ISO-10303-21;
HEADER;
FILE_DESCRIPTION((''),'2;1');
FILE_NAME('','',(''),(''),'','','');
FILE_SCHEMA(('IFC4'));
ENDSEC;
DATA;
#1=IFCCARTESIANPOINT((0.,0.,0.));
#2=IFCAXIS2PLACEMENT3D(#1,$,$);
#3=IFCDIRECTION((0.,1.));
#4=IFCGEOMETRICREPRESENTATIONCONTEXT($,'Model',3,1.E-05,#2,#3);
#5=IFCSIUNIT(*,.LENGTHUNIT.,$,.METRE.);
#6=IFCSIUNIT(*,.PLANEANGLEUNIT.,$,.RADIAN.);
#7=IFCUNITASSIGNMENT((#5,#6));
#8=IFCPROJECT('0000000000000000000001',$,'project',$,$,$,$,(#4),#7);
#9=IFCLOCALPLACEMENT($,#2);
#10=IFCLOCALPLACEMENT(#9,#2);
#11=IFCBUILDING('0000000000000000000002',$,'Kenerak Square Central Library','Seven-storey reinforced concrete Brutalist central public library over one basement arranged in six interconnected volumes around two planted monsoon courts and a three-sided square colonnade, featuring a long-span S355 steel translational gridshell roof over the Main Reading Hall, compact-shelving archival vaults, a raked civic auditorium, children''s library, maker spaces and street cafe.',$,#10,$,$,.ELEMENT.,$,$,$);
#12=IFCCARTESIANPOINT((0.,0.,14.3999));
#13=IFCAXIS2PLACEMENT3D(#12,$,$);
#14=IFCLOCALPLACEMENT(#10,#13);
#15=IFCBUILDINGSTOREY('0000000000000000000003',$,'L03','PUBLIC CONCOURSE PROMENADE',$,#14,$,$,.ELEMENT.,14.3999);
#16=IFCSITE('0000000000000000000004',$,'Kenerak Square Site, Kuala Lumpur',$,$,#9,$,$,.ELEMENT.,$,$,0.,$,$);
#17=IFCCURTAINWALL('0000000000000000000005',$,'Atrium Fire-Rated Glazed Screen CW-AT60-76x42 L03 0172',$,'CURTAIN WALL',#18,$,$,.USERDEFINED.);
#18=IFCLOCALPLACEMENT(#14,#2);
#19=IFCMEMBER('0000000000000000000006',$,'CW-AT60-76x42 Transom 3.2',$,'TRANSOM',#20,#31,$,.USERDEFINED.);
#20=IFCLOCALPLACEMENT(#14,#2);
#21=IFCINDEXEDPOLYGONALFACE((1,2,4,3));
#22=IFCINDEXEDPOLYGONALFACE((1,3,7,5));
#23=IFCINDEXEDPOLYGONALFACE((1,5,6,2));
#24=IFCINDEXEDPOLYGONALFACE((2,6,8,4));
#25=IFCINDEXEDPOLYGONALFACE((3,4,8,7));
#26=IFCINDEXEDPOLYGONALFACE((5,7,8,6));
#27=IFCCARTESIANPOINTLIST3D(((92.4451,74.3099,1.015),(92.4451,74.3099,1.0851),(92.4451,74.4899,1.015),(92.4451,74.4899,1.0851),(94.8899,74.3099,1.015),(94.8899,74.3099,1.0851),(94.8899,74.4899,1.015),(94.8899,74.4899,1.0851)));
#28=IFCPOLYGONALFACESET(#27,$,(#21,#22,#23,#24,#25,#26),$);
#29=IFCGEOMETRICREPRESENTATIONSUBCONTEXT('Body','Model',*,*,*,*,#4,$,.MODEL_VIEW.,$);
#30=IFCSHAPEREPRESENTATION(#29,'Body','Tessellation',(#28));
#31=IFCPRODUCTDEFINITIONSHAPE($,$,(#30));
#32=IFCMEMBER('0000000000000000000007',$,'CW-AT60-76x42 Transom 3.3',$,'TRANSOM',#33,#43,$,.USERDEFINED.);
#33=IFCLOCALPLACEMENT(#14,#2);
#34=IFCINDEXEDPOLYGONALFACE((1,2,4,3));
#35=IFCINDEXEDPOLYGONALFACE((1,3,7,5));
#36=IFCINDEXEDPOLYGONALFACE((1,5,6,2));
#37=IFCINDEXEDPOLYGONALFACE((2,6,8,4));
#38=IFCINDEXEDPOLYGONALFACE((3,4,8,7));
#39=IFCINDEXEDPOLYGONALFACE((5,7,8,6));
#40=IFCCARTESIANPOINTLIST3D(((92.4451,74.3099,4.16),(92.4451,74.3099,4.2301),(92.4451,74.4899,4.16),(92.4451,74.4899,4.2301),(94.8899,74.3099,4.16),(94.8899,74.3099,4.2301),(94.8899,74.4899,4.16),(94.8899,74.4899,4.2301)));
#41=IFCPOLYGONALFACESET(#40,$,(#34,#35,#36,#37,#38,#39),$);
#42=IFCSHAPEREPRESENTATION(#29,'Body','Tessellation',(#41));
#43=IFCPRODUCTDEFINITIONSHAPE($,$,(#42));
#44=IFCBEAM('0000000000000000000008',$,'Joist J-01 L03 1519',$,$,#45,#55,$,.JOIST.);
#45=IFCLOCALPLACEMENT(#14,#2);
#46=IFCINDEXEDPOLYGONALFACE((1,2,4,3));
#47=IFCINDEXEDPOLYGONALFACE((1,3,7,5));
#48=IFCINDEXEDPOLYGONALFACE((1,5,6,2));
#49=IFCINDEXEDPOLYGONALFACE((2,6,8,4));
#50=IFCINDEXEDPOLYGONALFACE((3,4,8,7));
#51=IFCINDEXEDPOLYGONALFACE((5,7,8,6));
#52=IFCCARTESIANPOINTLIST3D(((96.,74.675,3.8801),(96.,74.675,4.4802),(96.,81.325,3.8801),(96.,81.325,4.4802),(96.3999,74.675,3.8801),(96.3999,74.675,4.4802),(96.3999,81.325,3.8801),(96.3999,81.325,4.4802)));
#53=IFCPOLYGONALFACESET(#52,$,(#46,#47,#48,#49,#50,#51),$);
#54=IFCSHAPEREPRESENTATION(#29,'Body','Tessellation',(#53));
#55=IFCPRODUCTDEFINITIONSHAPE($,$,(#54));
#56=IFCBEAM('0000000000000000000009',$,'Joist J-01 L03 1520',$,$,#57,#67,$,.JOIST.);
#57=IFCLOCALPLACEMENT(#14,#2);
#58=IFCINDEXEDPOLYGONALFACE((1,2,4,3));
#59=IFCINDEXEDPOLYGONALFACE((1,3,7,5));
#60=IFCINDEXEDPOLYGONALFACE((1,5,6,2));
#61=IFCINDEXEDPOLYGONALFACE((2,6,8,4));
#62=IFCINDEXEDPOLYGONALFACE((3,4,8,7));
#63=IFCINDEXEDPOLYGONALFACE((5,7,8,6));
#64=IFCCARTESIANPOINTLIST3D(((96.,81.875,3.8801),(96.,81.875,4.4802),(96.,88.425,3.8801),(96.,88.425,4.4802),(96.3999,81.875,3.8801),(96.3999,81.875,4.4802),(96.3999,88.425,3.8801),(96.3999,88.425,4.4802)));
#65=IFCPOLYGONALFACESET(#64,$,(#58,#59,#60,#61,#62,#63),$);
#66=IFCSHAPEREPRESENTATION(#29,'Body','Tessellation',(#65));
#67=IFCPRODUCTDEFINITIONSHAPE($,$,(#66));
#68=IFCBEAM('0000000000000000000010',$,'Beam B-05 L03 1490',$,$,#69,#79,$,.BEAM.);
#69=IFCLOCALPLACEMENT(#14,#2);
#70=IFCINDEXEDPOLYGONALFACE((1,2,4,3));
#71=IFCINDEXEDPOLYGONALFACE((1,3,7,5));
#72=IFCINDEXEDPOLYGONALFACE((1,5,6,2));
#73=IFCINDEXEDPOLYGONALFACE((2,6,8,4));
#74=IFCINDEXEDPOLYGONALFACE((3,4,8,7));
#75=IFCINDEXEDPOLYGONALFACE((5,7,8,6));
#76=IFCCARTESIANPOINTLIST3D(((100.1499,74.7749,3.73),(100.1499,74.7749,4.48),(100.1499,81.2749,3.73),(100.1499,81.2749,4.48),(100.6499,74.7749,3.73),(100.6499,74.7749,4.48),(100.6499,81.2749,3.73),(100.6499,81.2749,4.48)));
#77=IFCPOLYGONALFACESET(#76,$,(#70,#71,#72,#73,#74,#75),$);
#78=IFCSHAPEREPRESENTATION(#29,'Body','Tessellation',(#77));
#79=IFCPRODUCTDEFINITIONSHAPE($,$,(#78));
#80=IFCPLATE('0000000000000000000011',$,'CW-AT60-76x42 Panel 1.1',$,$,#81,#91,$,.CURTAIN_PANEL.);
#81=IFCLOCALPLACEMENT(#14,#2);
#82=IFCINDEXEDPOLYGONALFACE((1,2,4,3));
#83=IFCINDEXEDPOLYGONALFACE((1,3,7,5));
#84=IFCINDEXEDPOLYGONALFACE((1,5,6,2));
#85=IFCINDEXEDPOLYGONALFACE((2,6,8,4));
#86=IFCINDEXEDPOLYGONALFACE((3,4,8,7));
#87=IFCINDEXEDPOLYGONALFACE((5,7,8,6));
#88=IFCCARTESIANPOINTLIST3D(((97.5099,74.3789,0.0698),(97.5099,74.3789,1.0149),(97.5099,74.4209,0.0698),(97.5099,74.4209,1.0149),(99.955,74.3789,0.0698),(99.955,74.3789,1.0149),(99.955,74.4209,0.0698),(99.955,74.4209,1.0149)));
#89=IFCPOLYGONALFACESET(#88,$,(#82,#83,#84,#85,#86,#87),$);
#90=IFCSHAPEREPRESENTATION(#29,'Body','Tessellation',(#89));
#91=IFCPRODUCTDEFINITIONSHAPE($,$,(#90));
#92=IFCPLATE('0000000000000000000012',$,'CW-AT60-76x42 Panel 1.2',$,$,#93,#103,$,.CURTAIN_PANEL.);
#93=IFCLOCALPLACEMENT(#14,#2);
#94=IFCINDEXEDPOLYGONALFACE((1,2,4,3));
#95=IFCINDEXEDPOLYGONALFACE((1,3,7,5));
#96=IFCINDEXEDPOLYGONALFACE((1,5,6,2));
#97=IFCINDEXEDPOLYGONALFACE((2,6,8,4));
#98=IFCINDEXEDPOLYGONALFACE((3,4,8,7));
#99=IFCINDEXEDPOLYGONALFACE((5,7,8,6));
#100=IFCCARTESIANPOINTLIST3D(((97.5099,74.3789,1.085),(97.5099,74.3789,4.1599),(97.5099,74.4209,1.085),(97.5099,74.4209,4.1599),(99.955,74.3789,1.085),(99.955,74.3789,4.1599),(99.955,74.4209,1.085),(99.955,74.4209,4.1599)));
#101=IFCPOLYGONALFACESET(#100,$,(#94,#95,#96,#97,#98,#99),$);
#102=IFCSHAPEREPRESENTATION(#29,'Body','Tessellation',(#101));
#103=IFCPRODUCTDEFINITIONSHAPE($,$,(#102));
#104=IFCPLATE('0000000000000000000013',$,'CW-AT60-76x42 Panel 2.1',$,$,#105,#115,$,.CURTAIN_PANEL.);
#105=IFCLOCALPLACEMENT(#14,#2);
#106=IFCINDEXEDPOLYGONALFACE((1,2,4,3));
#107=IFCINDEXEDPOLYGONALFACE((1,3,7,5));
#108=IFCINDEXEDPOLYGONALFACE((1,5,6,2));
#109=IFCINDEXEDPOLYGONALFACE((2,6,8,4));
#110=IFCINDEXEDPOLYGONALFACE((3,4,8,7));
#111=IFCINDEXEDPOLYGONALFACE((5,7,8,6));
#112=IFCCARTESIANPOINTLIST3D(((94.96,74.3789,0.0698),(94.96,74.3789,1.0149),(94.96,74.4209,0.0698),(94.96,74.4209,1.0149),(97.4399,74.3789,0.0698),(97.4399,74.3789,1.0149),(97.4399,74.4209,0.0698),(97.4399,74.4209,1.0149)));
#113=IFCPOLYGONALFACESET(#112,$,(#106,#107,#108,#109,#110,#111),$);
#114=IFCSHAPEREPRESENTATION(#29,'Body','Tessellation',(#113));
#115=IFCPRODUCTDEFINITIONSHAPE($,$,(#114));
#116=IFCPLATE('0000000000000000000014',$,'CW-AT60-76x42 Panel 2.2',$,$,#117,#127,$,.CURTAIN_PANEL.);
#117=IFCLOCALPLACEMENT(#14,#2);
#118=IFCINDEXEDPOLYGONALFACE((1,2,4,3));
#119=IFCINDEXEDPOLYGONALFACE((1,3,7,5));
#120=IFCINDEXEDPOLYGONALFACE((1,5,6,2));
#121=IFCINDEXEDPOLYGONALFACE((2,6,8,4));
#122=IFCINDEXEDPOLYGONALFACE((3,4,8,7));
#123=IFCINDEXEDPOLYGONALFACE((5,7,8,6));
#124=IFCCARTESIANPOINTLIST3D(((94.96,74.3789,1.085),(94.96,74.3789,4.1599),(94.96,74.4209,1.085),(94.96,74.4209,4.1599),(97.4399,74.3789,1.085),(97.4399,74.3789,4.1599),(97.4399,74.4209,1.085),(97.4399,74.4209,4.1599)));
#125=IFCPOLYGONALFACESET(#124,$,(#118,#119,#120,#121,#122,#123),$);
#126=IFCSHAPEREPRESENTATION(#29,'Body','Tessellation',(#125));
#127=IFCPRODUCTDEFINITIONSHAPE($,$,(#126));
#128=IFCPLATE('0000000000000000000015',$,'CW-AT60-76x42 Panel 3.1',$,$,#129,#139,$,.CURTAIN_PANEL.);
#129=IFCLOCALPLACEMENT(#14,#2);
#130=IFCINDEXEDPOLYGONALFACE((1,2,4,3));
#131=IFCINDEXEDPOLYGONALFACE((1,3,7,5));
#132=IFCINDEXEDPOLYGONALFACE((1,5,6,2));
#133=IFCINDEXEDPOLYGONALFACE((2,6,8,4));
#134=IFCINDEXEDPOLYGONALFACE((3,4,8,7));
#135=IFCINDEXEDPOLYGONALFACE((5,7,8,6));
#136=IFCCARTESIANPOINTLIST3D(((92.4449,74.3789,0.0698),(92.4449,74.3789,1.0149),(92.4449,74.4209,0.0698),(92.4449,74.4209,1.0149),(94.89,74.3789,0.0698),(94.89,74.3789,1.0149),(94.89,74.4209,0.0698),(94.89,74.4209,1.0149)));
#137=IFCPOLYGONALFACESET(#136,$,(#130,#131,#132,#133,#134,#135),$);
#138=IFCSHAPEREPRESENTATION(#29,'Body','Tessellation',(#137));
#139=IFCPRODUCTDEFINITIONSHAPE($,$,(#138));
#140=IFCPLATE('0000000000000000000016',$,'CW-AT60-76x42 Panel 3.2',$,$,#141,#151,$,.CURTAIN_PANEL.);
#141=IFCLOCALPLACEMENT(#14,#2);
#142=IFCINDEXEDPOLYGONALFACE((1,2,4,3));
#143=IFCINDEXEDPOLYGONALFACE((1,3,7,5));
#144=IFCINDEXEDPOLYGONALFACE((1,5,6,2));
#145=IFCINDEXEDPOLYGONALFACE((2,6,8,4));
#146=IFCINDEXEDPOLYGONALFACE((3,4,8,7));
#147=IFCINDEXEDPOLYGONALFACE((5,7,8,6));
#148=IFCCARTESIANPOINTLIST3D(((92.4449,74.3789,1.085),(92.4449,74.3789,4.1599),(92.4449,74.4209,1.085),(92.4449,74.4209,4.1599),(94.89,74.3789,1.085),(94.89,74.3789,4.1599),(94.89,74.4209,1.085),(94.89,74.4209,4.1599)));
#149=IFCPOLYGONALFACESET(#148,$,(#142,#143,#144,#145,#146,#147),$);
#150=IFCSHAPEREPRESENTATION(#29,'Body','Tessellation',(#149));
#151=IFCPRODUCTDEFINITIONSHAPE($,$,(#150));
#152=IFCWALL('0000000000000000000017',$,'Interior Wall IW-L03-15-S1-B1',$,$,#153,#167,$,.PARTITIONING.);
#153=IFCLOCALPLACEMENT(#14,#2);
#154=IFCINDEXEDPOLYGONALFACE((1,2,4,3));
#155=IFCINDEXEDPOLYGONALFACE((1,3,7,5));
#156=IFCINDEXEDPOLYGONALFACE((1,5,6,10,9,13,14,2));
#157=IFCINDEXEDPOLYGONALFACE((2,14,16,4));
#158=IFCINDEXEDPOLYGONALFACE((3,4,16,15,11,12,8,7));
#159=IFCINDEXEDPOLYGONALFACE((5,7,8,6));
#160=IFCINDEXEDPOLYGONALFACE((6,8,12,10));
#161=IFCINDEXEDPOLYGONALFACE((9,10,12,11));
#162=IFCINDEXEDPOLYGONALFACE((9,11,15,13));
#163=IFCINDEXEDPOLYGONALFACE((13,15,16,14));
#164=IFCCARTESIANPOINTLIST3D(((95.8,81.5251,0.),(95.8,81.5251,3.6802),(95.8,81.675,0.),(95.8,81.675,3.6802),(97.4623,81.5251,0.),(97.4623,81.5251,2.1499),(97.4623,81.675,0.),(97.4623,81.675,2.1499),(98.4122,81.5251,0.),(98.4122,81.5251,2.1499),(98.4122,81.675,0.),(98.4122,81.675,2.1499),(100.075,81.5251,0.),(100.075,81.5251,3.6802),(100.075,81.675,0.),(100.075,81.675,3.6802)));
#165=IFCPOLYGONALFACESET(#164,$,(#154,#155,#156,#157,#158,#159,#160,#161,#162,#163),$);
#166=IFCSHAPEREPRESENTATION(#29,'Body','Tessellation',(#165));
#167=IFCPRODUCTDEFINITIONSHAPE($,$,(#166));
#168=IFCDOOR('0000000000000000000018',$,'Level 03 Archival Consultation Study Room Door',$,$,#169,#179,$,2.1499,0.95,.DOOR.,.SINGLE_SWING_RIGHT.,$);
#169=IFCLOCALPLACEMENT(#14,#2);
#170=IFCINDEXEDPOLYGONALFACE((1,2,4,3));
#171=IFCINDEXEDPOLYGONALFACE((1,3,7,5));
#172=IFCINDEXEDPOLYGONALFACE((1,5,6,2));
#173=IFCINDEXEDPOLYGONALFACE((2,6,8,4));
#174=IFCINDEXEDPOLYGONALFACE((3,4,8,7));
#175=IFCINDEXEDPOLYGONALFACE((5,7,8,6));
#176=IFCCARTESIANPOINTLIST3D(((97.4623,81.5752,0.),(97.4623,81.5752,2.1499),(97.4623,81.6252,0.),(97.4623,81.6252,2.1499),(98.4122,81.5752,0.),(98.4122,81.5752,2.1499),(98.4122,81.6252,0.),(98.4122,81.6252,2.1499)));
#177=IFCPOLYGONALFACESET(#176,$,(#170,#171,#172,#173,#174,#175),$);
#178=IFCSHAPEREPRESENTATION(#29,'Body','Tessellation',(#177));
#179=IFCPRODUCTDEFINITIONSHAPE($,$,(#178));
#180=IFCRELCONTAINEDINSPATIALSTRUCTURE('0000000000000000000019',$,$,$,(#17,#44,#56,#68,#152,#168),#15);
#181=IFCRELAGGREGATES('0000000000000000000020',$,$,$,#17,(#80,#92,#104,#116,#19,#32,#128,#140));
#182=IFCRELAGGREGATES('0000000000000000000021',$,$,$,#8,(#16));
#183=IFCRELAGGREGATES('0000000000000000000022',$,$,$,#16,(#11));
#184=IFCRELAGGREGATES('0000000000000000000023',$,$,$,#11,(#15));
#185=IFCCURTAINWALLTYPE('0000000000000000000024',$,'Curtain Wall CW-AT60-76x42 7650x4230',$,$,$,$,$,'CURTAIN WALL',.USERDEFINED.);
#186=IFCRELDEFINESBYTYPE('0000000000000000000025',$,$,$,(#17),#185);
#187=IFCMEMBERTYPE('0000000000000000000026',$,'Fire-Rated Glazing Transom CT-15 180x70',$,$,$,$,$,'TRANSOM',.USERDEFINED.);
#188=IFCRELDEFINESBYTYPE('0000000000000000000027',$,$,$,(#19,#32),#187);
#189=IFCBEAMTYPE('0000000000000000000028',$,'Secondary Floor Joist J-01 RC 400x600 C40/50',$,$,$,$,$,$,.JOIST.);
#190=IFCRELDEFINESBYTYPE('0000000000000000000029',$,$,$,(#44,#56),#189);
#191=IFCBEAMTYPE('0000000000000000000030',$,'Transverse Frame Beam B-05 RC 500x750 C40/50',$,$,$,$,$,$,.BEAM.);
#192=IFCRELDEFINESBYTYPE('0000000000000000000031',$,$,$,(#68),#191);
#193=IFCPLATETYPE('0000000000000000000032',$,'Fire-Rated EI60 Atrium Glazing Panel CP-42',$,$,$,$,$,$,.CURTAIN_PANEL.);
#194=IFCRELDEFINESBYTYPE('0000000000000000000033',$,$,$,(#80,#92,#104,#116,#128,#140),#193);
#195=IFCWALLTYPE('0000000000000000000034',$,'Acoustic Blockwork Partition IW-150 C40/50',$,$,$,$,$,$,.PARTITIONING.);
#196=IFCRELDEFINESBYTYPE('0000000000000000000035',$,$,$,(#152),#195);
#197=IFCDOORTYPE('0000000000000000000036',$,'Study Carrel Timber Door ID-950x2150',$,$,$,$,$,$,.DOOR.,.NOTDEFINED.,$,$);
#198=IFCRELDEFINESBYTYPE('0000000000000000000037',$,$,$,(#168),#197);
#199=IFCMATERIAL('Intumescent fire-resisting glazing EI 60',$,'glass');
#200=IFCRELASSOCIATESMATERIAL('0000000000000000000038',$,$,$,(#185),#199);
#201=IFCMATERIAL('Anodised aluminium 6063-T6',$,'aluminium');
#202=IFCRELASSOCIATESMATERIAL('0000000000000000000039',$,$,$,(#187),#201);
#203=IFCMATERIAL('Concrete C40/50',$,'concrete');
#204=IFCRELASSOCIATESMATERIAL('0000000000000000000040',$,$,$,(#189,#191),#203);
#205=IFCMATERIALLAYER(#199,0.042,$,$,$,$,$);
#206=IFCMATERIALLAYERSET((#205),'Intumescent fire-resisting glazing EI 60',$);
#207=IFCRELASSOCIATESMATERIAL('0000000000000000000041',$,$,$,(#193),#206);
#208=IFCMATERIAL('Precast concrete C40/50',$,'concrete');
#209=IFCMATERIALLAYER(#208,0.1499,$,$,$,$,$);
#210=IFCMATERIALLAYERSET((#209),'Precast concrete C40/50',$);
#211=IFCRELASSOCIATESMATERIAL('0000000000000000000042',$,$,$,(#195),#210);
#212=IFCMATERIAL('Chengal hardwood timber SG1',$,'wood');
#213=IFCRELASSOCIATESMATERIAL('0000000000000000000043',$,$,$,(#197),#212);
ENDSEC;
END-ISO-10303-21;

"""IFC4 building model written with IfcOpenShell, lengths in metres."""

from ifc_helpers import new_model, si_unit, direction, frame, frame_2d, origin, origin_2d, place, context, subcontext, project, spatial, rectangle, extrude, material, layer, layer_set, material_profile, profile_set, type_object, element, fill, aggregate, save


model = new_model("IFC4")

# Units and contexts
model_context = context("Model", 3, precision=1e-05, world=origin(), true_north=direction((0.0, 1.0)))
body_context = subcontext(model_context, "Body", "Model", "MODEL_VIEW")
ifc_project = project(units=[si_unit("LENGTHUNIT", "METRE"), si_unit("PLANEANGLEUNIT", "RADIAN")], contexts=[model_context])

# Site, building, storey
site_placement = place(None, origin())
site = spatial("IfcSite", under=ifc_project, at=site_placement, Name="Kenerak Square Site, Kuala Lumpur", CompositionType="ELEMENT", RefElevation=0.0)
building_placement = place(site_placement, origin())
building = spatial("IfcBuilding", under=site, at=building_placement, Name="Kenerak Square Central Library", Description="Seven-storey reinforced concrete Brutalist central public library over one basement arranged in six interconnected volumes around two planted monsoon courts and a three-sided square colonnade, featuring a long-span S355 steel translational gridshell roof over the Main Reading Hall, compact-shelving archival vaults, a raked civic auditorium, children's library, maker spaces and street cafe.", CompositionType="ELEMENT")
storey_placement = place(building_placement, frame((0.0, 0.0, 14.3999)))
storey = spatial("IfcBuildingStorey", under=building, at=storey_placement, Name="L03", Description="PUBLIC CONCOURSE PROMENADE", CompositionType="ELEMENT", Elevation=14.3999)

# Shared definitions
ifc_material_1 = material(Name="Concrete C40/50", Category="concrete")

# Curtain wall, members
ifc_material_2 = material(Name="Intumescent fire-resisting glazing EI 60", Category="glass")
curtain_wall_type = type_object("IfcCurtainWallType", Name="Curtain Wall CW-AT60-76x42 7650x4230", ElementType="CURTAIN WALL", PredefinedType="USERDEFINED", material=ifc_material_2)
curtain_wall_placement = place(storey_placement, origin())
curtain_wall = element("IfcCurtainWall", 1, at=curtain_wall_placement, inside=storey, type_object=curtain_wall_type, Name="Atrium Fire-Rated Glazed Screen CW-AT60-76x42 L03 0172", ObjectType="CURTAIN WALL", PredefinedType="USERDEFINED")
ifc_material_3 = material(Name="Anodised aluminium 6063-T6", Category="aluminium")
ifc_material_profile_1 = material_profile(ifc_material_3, rectangle(XDim=0.1799, YDim=0.0701, at=origin_2d()), Name="AL TRANSOM 180x70")
ifc_profile_set_1 = profile_set([ifc_material_profile_1], Name="Anodised aluminium 6063-T6")
member_type_1 = type_object("IfcMemberType", Name="Fire-Rated Glazing Transom CT-15 180x70", ElementType="TRANSOM", PredefinedType="USERDEFINED", material=ifc_profile_set_1)
member_1_placement = place(storey_placement, frame((94.8899, 74.3999, 1.05), z_axis=(-1.0, 0.0, 0.0), x_axis=(0.0, -1.0, 0.0)))
member_1 = element("IfcMember", 2, at=member_1_placement, type_object=member_type_1, Name="CW-AT60-76x42 Transom 3.2", ObjectType="TRANSOM", PredefinedType="USERDEFINED", context=body_context, shape_type="SweptSolid", body=[
    extrude(rectangle(XDim=0.1799, YDim=0.0701, at=origin_2d()), origin(), (0.0, 0.0, 1.0), 2.4448),
])
member_2_placement = place(storey_placement, frame((94.8899, 74.3999, 4.1951), z_axis=(-1.0, 0.0, 0.0), x_axis=(0.0, -1.0, 0.0)))
member_2 = element("IfcMember", 3, at=member_2_placement, type_object=member_type_1, Name="CW-AT60-76x42 Transom 3.3", ObjectType="TRANSOM", PredefinedType="USERDEFINED", context=body_context, shape_type="SweptSolid", body=[
    extrude(rectangle(XDim=0.1799, YDim=0.0701, at=origin_2d()), origin(), (0.0, 0.0, 1.0), 2.4448),
])

# Beams
ifc_material_profile_2 = material_profile(ifc_material_1, rectangle(XDim=0.3999, YDim=0.6001, at=origin_2d()), Name="RC 400x600")
ifc_profile_set_2 = profile_set([ifc_material_profile_2], Name="Concrete C40/50")
beam_type_1 = type_object("IfcBeamType", Name="Secondary Floor Joist J-01 RC 400x600 C40/50", PredefinedType="JOIST", material=ifc_profile_set_2)
beam_1_placement = place(storey_placement, frame((96.2, 74.675, 4.1802), z_axis=(0.0, 1.0, 0.0), x_axis=(-1.0, 0.0, 0.0)))
element("IfcBeam", 4, at=beam_1_placement, inside=storey, type_object=beam_type_1, Name="Joist J-01 L03 1519", PredefinedType="JOIST", context=body_context, shape_type="SweptSolid", body=[
    extrude(rectangle(XDim=0.3999, YDim=0.6001, at=origin_2d()), origin(), (0.0, 0.0, 1.0), 6.6499),
])
beam_2_placement = place(storey_placement, frame((96.2, 81.875, 4.1802), z_axis=(0.0, 1.0, 0.0), x_axis=(-1.0, 0.0, 0.0)))
element("IfcBeam", 5, at=beam_2_placement, inside=storey, type_object=beam_type_1, Name="Joist J-01 L03 1520", PredefinedType="JOIST", context=body_context, shape_type="SweptSolid", body=[
    extrude(rectangle(XDim=0.3999, YDim=0.6001, at=origin_2d()), origin(), (0.0, 0.0, 1.0), 6.55),
])
ifc_material_profile_3 = material_profile(ifc_material_1, rectangle(XDim=0.5, YDim=0.75, at=origin_2d()), Name="RC 500x750")
ifc_profile_set_3 = profile_set([ifc_material_profile_3], Name="Concrete C40/50")
beam_type_2 = type_object("IfcBeamType", Name="Transverse Frame Beam B-05 RC 500x750 C40/50", PredefinedType="BEAM", material=ifc_profile_set_3)
beam_3_placement = place(storey_placement, frame((100.3999, 74.7749, 4.105), z_axis=(0.0, 1.0, 0.0), x_axis=(-1.0, 0.0, 0.0)))
element("IfcBeam", 6, at=beam_3_placement, inside=storey, type_object=beam_type_2, Name="Beam B-05 L03 1490", PredefinedType="BEAM", context=body_context, shape_type="SweptSolid", body=[
    extrude(rectangle(XDim=0.5, YDim=0.75, at=origin_2d()), origin(), (0.0, 0.0, 1.0), 6.5),
])

# Plates
ifc_layer_1 = layer(ifc_material_2, 0.042)
ifc_layer_set_1 = layer_set([ifc_layer_1], Name="Intumescent fire-resisting glazing EI 60")
plate_type = type_object("IfcPlateType", Name="Fire-Rated EI60 Atrium Glazing Panel CP-42", PredefinedType="CURTAIN_PANEL", material=ifc_layer_set_1)
plate_1_placement = place(storey_placement, frame((98.7324, 74.3999, 0.0698), z_axis=(0.0, 0.0, 1.0), x_axis=(-1.0, 0.0, 0.0)))
plate_1 = element("IfcPlate", 7, at=plate_1_placement, type_object=plate_type, Name="CW-AT60-76x42 Panel 1.1", PredefinedType="CURTAIN_PANEL", context=body_context, shape_type="SweptSolid", body=[
    extrude(rectangle(XDim=2.4451, YDim=0.042, at=origin_2d()), origin(), (0.0, 0.0, 1.0), 0.9451),
])
plate_2_placement = place(storey_placement, frame((98.7324, 74.3999, 1.085), z_axis=(0.0, 0.0, 1.0), x_axis=(-1.0, 0.0, 0.0)))
plate_2 = element("IfcPlate", 8, at=plate_2_placement, type_object=plate_type, Name="CW-AT60-76x42 Panel 1.2", PredefinedType="CURTAIN_PANEL", context=body_context, shape_type="SweptSolid", body=[
    extrude(rectangle(XDim=2.4451, YDim=0.042, at=origin_2d()), origin(), (0.0, 0.0, 1.0), 3.075),
])
plate_3_placement = place(storey_placement, frame((96.2, 74.3999, 0.0698), z_axis=(0.0, 0.0, 1.0), x_axis=(-1.0, 0.0, 0.0)))
plate_3 = element("IfcPlate", 9, at=plate_3_placement, type_object=plate_type, Name="CW-AT60-76x42 Panel 2.1", PredefinedType="CURTAIN_PANEL", context=body_context, shape_type="SweptSolid", body=[
    extrude(rectangle(XDim=2.48, YDim=0.042, at=origin_2d()), origin(), (0.0, 0.0, 1.0), 0.9451),
])
plate_4_placement = place(storey_placement, frame((96.2, 74.3999, 1.085), z_axis=(0.0, 0.0, 1.0), x_axis=(-1.0, 0.0, 0.0)))
plate_4 = element("IfcPlate", 10, at=plate_4_placement, type_object=plate_type, Name="CW-AT60-76x42 Panel 2.2", PredefinedType="CURTAIN_PANEL", context=body_context, shape_type="SweptSolid", body=[
    extrude(rectangle(XDim=2.48, YDim=0.042, at=origin_2d()), origin(), (0.0, 0.0, 1.0), 3.075),
])
plate_5_placement = place(storey_placement, frame((93.6675, 74.3999, 0.0698), z_axis=(0.0, 0.0, 1.0), x_axis=(-1.0, 0.0, 0.0)))
plate_5 = element("IfcPlate", 11, at=plate_5_placement, type_object=plate_type, Name="CW-AT60-76x42 Panel 3.1", PredefinedType="CURTAIN_PANEL", context=body_context, shape_type="SweptSolid", body=[
    extrude(rectangle(XDim=2.4451, YDim=0.042, at=origin_2d()), origin(), (0.0, 0.0, 1.0), 0.9451),
])
plate_6_placement = place(storey_placement, frame((93.6675, 74.3999, 1.085), z_axis=(0.0, 0.0, 1.0), x_axis=(-1.0, 0.0, 0.0)))
plate_6 = element("IfcPlate", 12, at=plate_6_placement, type_object=plate_type, Name="CW-AT60-76x42 Panel 3.2", PredefinedType="CURTAIN_PANEL", context=body_context, shape_type="SweptSolid", body=[
    extrude(rectangle(XDim=2.4451, YDim=0.042, at=origin_2d()), origin(), (0.0, 0.0, 1.0), 3.075),
])
aggregate(curtain_wall, [plate_1, plate_2, plate_3, plate_4, member_1, member_2, plate_5, plate_6])

# Wall, opening, door
ifc_material_4 = material(Name="Precast concrete C40/50", Category="concrete")
ifc_layer_2 = layer(ifc_material_4, 0.1499)
ifc_layer_set_2 = layer_set([ifc_layer_2], Name="Precast concrete C40/50")
wall_type_1 = type_object("IfcWallType", Name="Acoustic Blockwork Partition IW-150 C40/50", PredefinedType="PARTITIONING", material=ifc_layer_set_2)
wall_1_placement = place(storey_placement, frame((100.075, 81.6001, 0.0), z_axis=(0.0, 0.0, 1.0), x_axis=(-1.0, 0.0, 0.0)))
wall_1 = element("IfcWall", 13, at=wall_1_placement, inside=storey, type_object=wall_type_1, Name="Interior Wall IW-L03-15-S1-B1", PredefinedType="PARTITIONING", context=body_context, shape_type="SweptSolid", body=[
    extrude(rectangle(XDim=4.2749, YDim=0.1499, at=frame_2d((2.1375, 0.0))), origin(), (0.0, 0.0, 1.0), 3.6802),
])
opening_1_placement = place(wall_1_placement, frame((1.6626, 0.0, 0.0)))
opening_1 = element("IfcOpeningElement", 14, at=opening_1_placement, cuts=wall_1, PredefinedType="OPENING", context=body_context, shape_type="SweptSolid", body=[
    extrude(rectangle(XDim=0.95, YDim=2.1499, at=frame_2d((0.4751, 1.075))), frame((0.0, 0.085, 0.0), z_axis=(0.0, -1.0, 0.0), x_axis=(1.0, 0.0, 0.0)), (0.0, 0.0, 1.0), 0.1699),
])
ifc_material_5 = material(Name="Chengal hardwood timber SG1", Category="wood")
door_type_1 = type_object("IfcDoorType", Name="Study Carrel Timber Door ID-950x2150", OperationType="NOTDEFINED", PredefinedType="DOOR", material=ifc_material_5)
door_1_placement = place(opening_1_placement, origin())
door_1 = element("IfcDoor", 15, at=door_1_placement, inside=storey, type_object=door_type_1, Name="Level 03 Archival Consultation Study Room Door", OperationType="SINGLE_SWING_RIGHT", OverallHeight=2.1499, OverallWidth=0.95, PredefinedType="DOOR", context=body_context, shape_type="SweptSolid", body=[
    extrude(rectangle(XDim=0.95, YDim=2.1499, at=frame_2d((0.4751, 1.075))), frame((0.0, 0.0249, 0.0), z_axis=(0.0, -1.0, 0.0), x_axis=(1.0, 0.0, 0.0)), (0.0, 0.0, 1.0), 0.05),
])
fill(opening_1, door_1)

save(model, "model.ifc")
